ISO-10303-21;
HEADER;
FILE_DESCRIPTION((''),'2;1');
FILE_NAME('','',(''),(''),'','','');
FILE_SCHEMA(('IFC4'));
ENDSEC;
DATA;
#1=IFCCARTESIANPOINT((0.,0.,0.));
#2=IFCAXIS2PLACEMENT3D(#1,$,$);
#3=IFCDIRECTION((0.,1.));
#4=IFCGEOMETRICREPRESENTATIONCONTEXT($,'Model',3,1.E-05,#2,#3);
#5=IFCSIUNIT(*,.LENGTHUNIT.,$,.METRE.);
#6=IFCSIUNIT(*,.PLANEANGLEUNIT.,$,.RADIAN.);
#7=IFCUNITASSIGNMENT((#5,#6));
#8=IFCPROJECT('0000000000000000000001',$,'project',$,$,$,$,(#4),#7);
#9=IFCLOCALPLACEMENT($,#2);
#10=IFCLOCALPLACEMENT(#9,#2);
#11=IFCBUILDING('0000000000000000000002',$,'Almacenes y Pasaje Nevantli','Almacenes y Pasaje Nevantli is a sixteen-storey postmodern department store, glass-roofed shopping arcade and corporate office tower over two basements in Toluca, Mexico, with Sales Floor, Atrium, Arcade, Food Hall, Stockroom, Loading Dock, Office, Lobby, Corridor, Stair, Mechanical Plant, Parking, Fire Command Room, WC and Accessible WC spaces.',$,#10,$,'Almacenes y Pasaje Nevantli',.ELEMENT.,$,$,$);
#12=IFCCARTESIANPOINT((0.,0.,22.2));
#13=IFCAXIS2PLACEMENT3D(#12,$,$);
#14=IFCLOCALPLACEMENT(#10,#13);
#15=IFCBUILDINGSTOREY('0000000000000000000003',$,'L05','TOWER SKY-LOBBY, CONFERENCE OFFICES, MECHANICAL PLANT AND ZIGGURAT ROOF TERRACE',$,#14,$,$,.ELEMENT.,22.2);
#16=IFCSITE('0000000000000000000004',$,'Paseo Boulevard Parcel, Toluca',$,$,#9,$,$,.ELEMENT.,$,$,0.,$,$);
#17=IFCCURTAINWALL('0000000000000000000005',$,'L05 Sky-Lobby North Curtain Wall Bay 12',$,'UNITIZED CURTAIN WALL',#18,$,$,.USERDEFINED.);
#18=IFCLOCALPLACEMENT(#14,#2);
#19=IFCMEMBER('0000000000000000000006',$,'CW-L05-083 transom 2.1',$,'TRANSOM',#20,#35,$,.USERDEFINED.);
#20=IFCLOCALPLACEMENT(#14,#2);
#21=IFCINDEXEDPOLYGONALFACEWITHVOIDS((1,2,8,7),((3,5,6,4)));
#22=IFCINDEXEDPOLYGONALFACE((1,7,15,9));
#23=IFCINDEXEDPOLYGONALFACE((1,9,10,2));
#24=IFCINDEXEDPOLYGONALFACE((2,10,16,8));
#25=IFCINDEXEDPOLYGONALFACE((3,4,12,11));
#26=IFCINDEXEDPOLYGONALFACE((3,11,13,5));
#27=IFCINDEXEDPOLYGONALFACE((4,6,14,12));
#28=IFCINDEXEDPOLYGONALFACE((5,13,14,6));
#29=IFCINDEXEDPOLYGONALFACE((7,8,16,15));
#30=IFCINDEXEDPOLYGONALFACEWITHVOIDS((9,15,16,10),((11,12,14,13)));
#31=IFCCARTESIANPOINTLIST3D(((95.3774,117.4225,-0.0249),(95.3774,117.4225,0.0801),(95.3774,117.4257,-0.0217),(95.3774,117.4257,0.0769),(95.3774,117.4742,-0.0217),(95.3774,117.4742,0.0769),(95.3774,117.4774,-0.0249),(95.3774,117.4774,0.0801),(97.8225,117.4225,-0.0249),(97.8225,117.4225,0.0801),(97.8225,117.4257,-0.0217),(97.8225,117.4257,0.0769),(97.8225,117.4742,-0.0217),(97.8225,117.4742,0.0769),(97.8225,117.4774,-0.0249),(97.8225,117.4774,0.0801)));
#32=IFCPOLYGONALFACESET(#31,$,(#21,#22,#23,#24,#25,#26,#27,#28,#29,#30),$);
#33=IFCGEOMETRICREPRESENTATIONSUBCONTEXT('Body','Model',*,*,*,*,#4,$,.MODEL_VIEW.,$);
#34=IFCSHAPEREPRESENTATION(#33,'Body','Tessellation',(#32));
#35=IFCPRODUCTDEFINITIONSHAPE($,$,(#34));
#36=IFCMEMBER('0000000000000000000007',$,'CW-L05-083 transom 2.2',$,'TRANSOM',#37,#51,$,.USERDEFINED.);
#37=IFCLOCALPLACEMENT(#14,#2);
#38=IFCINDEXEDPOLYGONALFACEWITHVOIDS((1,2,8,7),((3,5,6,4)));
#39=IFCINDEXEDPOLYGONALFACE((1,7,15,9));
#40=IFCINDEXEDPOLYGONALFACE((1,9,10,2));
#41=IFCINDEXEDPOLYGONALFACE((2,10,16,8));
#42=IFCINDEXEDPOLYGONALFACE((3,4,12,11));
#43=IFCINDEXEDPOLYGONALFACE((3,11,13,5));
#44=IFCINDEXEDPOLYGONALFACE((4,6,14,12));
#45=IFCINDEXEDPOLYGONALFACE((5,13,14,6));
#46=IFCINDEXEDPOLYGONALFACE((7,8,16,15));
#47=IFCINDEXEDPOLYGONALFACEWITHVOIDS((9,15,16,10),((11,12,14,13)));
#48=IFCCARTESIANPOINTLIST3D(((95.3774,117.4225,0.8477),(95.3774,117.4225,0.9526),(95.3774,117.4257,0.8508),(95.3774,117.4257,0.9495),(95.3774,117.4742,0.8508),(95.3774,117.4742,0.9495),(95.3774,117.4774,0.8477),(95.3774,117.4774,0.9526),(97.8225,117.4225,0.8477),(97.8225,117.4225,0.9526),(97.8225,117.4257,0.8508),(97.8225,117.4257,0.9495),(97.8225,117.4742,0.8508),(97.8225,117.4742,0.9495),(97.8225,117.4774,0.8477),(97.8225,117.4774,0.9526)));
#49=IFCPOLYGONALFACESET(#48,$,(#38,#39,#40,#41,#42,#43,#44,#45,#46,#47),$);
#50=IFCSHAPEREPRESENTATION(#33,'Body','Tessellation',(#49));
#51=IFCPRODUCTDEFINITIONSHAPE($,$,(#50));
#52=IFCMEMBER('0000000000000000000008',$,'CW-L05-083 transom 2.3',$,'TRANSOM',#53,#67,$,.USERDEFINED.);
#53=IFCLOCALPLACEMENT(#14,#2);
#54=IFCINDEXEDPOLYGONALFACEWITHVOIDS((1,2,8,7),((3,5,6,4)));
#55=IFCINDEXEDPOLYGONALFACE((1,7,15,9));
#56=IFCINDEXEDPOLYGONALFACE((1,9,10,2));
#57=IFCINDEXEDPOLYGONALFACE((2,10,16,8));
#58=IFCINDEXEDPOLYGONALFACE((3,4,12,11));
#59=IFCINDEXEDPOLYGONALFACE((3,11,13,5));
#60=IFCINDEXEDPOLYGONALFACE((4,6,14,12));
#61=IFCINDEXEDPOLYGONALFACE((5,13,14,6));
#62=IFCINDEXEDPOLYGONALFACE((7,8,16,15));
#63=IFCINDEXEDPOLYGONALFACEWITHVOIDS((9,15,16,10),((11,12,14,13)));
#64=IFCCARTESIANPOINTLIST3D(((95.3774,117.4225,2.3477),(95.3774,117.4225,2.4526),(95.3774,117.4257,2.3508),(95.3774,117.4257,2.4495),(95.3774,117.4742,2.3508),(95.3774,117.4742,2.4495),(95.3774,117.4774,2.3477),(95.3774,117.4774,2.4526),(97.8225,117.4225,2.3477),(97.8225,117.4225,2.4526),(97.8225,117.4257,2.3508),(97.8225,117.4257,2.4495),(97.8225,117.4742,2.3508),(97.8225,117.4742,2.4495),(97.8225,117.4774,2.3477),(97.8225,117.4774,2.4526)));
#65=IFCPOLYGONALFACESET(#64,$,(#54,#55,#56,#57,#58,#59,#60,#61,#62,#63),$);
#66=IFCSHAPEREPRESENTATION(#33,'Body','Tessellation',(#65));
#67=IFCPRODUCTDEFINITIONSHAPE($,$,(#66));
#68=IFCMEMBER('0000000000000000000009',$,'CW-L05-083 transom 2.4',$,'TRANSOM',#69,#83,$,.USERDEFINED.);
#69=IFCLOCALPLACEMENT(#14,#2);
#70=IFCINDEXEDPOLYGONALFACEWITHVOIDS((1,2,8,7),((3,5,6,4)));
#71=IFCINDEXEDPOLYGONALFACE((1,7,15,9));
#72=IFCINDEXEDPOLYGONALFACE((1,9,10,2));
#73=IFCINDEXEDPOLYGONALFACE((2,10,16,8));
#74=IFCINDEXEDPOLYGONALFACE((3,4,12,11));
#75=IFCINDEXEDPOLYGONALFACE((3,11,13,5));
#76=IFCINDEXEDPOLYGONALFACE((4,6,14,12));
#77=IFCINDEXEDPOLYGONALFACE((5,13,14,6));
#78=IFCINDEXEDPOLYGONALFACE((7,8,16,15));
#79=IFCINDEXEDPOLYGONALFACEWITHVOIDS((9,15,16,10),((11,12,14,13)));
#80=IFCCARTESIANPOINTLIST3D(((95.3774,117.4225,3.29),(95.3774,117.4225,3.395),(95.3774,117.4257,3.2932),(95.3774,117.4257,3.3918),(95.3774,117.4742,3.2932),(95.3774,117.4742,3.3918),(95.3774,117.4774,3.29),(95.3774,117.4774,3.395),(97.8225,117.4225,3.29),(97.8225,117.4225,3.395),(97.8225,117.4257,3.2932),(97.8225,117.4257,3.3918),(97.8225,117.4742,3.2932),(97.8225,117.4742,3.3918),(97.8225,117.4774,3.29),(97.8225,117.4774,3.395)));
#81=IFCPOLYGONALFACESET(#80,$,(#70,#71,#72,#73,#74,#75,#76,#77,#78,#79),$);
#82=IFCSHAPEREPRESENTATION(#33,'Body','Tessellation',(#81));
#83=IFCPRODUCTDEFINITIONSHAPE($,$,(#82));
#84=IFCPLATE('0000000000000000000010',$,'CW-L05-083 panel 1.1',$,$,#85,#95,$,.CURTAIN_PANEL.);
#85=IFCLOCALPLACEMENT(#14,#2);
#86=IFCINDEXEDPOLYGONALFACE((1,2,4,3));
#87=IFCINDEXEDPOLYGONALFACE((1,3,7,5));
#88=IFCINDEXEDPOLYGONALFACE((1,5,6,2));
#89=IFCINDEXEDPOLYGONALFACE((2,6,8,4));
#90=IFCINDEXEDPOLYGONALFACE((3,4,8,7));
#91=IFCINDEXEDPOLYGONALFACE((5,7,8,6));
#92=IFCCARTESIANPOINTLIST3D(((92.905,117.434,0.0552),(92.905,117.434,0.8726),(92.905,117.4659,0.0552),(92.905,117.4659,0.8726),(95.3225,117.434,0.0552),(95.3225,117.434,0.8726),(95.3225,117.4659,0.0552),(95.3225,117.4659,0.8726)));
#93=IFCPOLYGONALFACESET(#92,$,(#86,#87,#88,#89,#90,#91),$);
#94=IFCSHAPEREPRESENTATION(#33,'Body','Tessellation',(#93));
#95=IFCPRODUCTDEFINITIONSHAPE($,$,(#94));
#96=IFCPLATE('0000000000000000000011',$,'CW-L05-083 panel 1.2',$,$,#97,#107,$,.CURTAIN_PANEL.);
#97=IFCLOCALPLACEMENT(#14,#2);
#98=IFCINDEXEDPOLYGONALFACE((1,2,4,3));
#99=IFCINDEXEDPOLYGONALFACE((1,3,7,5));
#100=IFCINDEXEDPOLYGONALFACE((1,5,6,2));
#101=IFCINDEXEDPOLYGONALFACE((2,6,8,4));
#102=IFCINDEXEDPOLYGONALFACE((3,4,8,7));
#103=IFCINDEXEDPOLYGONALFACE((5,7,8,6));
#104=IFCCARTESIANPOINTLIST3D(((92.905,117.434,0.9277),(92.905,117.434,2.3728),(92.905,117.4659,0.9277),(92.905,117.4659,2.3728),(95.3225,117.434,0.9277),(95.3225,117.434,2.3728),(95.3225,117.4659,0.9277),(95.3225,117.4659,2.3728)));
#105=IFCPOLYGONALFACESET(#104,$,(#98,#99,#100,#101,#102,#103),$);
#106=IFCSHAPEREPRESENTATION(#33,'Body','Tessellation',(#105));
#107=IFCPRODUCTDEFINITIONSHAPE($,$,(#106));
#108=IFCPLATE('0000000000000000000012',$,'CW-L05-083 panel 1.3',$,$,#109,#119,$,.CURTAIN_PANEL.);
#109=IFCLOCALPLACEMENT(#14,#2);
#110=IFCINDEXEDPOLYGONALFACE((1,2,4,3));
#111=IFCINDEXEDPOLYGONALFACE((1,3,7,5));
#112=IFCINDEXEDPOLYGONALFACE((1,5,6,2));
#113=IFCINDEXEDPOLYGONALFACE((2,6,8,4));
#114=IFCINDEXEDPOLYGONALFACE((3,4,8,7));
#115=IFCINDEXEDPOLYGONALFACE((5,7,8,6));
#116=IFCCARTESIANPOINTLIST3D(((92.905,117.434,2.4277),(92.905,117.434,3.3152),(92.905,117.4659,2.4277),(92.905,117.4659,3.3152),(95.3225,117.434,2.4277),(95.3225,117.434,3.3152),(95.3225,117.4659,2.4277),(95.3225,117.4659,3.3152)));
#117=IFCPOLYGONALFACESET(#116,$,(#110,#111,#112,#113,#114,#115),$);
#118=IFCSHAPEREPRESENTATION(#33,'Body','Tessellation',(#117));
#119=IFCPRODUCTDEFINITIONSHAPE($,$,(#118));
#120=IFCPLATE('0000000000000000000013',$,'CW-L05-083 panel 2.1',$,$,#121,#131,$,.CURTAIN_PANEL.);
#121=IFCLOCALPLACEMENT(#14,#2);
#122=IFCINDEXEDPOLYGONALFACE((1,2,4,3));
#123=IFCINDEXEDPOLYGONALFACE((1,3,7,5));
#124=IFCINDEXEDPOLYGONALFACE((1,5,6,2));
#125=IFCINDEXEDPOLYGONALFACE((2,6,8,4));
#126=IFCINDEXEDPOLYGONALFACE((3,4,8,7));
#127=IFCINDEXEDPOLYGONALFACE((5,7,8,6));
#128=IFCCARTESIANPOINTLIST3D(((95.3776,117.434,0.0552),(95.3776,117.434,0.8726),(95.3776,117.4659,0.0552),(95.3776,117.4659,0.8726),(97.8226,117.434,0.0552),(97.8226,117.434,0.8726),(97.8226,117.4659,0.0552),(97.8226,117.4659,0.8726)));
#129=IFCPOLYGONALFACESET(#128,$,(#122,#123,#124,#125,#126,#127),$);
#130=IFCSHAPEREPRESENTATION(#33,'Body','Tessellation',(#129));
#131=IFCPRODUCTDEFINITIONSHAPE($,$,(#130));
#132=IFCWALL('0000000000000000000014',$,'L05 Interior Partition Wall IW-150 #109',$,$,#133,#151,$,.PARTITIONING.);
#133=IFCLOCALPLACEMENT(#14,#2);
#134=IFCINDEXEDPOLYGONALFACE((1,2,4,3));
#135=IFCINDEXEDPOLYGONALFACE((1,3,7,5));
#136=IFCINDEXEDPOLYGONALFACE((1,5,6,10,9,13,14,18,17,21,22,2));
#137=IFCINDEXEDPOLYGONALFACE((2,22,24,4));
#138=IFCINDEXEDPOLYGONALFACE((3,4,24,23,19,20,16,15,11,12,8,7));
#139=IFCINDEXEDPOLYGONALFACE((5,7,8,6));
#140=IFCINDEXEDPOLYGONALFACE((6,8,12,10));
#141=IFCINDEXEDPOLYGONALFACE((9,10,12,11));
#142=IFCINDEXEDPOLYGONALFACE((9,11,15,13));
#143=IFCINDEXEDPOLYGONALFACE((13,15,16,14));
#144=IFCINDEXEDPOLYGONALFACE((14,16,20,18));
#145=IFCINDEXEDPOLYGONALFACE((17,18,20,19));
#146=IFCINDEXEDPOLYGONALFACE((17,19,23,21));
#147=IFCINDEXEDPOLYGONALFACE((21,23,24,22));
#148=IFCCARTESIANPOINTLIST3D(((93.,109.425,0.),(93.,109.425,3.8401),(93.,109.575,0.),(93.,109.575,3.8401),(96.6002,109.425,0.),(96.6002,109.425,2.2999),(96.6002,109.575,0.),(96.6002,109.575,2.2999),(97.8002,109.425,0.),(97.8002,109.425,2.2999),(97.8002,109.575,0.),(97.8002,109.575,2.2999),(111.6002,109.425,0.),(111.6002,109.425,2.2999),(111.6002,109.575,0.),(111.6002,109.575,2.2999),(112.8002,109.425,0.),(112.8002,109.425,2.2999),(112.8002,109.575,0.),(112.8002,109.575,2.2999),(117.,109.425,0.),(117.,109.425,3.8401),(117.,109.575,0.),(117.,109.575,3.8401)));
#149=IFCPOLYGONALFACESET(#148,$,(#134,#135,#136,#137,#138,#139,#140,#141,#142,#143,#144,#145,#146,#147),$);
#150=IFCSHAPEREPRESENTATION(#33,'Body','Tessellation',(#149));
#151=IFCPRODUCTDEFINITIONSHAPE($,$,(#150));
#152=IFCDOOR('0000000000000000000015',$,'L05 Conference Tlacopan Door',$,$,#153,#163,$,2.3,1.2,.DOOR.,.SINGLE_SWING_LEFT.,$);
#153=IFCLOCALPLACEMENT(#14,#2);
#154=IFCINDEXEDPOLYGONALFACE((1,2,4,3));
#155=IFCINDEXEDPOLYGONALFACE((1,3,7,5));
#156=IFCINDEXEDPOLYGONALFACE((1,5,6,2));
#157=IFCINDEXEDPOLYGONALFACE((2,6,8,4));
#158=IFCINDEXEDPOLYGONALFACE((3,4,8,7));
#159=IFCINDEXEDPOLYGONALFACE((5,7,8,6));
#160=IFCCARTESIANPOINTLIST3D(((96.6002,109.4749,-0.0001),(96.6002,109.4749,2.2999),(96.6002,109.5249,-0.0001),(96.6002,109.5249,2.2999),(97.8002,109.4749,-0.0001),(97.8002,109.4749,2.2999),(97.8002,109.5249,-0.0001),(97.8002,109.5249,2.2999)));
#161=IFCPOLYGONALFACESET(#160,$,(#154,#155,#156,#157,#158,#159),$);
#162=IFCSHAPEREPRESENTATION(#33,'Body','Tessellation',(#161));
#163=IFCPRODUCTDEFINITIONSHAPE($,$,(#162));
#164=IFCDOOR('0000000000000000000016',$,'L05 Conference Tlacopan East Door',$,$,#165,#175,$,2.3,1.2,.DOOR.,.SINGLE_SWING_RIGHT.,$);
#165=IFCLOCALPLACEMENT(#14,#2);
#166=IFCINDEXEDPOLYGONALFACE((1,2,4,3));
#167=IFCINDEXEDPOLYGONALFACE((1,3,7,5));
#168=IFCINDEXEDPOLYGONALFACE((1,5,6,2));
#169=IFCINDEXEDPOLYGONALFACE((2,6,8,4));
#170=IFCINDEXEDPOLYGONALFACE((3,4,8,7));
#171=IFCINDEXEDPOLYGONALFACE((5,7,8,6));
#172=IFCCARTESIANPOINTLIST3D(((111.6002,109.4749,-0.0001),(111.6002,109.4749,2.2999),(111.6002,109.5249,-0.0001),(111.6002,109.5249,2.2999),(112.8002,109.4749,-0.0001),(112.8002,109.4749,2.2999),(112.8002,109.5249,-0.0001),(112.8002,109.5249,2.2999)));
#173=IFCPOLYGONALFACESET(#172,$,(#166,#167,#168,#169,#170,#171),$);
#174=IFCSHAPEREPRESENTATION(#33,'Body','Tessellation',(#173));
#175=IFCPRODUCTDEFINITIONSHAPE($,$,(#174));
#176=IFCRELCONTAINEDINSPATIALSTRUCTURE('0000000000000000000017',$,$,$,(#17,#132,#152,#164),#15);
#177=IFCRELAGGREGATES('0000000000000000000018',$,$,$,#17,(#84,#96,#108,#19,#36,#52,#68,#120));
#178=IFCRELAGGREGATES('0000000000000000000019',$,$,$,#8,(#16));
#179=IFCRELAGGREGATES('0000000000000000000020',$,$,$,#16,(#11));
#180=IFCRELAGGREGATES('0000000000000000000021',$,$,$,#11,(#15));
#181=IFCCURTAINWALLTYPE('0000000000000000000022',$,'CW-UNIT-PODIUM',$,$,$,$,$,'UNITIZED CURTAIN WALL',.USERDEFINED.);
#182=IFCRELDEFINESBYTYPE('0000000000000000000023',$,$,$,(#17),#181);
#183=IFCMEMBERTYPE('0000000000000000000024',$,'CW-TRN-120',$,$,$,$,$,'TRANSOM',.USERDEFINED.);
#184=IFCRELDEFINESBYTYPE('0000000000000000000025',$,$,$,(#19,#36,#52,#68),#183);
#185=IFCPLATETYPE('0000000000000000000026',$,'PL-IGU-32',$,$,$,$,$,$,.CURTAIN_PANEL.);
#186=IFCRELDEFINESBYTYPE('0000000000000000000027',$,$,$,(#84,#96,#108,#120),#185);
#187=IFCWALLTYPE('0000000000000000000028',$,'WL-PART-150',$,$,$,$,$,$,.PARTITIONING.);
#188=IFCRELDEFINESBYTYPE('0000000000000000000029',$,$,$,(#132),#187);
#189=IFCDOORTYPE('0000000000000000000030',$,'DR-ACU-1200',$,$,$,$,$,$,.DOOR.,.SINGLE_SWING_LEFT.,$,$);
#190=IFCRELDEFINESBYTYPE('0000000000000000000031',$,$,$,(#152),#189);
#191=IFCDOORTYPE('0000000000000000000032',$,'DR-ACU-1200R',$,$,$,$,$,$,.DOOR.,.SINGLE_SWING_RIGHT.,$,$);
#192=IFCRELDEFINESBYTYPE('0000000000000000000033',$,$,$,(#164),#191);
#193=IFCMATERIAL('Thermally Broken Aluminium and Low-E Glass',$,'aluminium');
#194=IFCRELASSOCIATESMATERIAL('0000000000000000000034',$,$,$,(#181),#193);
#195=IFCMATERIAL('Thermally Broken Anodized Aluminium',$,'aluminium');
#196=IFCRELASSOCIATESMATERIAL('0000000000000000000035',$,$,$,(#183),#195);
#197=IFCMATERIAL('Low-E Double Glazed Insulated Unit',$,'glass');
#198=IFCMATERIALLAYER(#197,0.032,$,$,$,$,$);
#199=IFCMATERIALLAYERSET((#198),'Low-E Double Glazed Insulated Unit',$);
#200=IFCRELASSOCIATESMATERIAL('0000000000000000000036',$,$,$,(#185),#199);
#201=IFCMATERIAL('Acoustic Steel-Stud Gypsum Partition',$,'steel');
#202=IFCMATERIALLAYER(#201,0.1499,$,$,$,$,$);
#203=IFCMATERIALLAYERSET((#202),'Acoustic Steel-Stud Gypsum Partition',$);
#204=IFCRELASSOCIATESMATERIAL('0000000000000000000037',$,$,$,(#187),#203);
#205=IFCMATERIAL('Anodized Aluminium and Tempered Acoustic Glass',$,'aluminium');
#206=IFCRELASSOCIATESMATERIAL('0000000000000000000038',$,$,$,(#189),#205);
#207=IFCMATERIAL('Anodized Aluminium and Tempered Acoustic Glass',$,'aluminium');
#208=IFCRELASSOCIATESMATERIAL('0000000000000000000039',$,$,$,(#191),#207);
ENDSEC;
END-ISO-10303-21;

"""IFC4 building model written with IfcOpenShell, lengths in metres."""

from ifc_helpers import new_model, si_unit, direction, frame, frame_2d, origin, origin_2d, place, context, subcontext, project, spatial, rectangle, hollow_rectangle, extrude, material, layer, layer_set, material_profile, profile_set, type_object, element, fill, aggregate, save


model = new_model("IFC4")

# Units and contexts
model_context = context("Model", 3, precision=1e-05, world=origin(), true_north=direction((0.0, 1.0)))
body_context = subcontext(model_context, "Body", "Model", "MODEL_VIEW")
ifc_project = project(units=[si_unit("LENGTHUNIT", "METRE"), si_unit("PLANEANGLEUNIT", "RADIAN")], contexts=[model_context])

# Site, building, storey
site_placement = place(None, origin())
site = spatial("IfcSite", under=ifc_project, at=site_placement, Name="Paseo Boulevard Parcel, Toluca", CompositionType="ELEMENT", RefElevation=0.0)
building_placement = place(site_placement, origin())
building = spatial("IfcBuilding", under=site, at=building_placement, Name="Almacenes y Pasaje Nevantli", Description="Almacenes y Pasaje Nevantli is a sixteen-storey postmodern department store, glass-roofed shopping arcade and corporate office tower over two basements in Toluca, Mexico, with Sales Floor, Atrium, Arcade, Food Hall, Stockroom, Loading Dock, Office, Lobby, Corridor, Stair, Mechanical Plant, Parking, Fire Command Room, WC and Accessible WC spaces.", LongName="Almacenes y Pasaje Nevantli", CompositionType="ELEMENT")
storey_placement = place(building_placement, frame((0.0, 0.0, 22.2)))
storey = spatial("IfcBuildingStorey", under=building, at=storey_placement, Name="L05", Description="TOWER SKY-LOBBY, CONFERENCE OFFICES, MECHANICAL PLANT AND ZIGGURAT ROOF TERRACE", CompositionType="ELEMENT", Elevation=22.2)

# Curtain wall, members, plates
ifc_material_1 = material(Name="Thermally Broken Aluminium and Low-E Glass", Category="aluminium")
curtain_wall_type = type_object("IfcCurtainWallType", Name="CW-UNIT-PODIUM", ElementType="UNITIZED CURTAIN WALL", PredefinedType="USERDEFINED", material=ifc_material_1)
curtain_wall_placement = place(storey_placement, origin())
curtain_wall = element("IfcCurtainWall", 1, at=curtain_wall_placement, inside=storey, type_object=curtain_wall_type, Name="L05 Sky-Lobby North Curtain Wall Bay 12", ObjectType="UNITIZED CURTAIN WALL", PredefinedType="USERDEFINED")
ifc_material_2 = material(Name="Thermally Broken Anodized Aluminium", Category="aluminium")
ifc_material_profile_1 = material_profile(ifc_material_2, hollow_rectangle(XDim=0.0549, YDim=0.105, WallThickness=0.0032, at=origin_2d()), Name="ALU-TRN-55x105")
ifc_profile_set_1 = profile_set([ifc_material_profile_1], Name="Thermally Broken Anodized Aluminium")
member_type_1 = type_object("IfcMemberType", Name="CW-TRN-120", ElementType="TRANSOM", PredefinedType="USERDEFINED", material=ifc_profile_set_1)
member_1_placement = place(storey_placement, frame((95.3774, 117.45, 0.0276), z_axis=(1.0, 0.0, 0.0), x_axis=(0.0, 1.0, 0.0)))
member_1 = element("IfcMember", 2, at=member_1_placement, type_object=member_type_1, Name="CW-L05-083 transom 2.1", ObjectType="TRANSOM", PredefinedType="USERDEFINED", context=body_context, shape_type="SweptSolid", body=[
    extrude(hollow_rectangle(XDim=0.0549, YDim=0.105, WallThickness=0.0032, at=origin_2d()), origin(), (0.0, 0.0, 1.0), 2.4451),
])
member_2_placement = place(storey_placement, frame((95.3774, 117.45, 0.9001), z_axis=(1.0, 0.0, 0.0), x_axis=(0.0, 1.0, 0.0)))
member_2 = element("IfcMember", 3, at=member_2_placement, type_object=member_type_1, Name="CW-L05-083 transom 2.2", ObjectType="TRANSOM", PredefinedType="USERDEFINED", context=body_context, shape_type="SweptSolid", body=[
    extrude(hollow_rectangle(XDim=0.0549, YDim=0.105, WallThickness=0.0032, at=origin_2d()), origin(), (0.0, 0.0, 1.0), 2.4451),
])
member_3_placement = place(storey_placement, frame((95.3774, 117.45, 2.4001), z_axis=(1.0, 0.0, 0.0), x_axis=(0.0, 1.0, 0.0)))
member_3 = element("IfcMember", 4, at=member_3_placement, type_object=member_type_1, Name="CW-L05-083 transom 2.3", ObjectType="TRANSOM", PredefinedType="USERDEFINED", context=body_context, shape_type="SweptSolid", body=[
    extrude(hollow_rectangle(XDim=0.0549, YDim=0.105, WallThickness=0.0032, at=origin_2d()), origin(), (0.0, 0.0, 1.0), 2.4451),
])
member_4_placement = place(storey_placement, frame((95.3774, 117.45, 3.3425), z_axis=(1.0, 0.0, 0.0), x_axis=(0.0, 1.0, 0.0)))
member_4 = element("IfcMember", 5, at=member_4_placement, type_object=member_type_1, Name="CW-L05-083 transom 2.4", ObjectType="TRANSOM", PredefinedType="USERDEFINED", context=body_context, shape_type="SweptSolid", body=[
    extrude(hollow_rectangle(XDim=0.0549, YDim=0.105, WallThickness=0.0032, at=origin_2d()), origin(), (0.0, 0.0, 1.0), 2.4451),
])
ifc_material_3 = material(Name="Low-E Double Glazed Insulated Unit", Category="glass")
ifc_layer_1 = layer(ifc_material_3, 0.032)
ifc_layer_set_1 = layer_set([ifc_layer_1], Name="Low-E Double Glazed Insulated Unit")
plate_type = type_object("IfcPlateType", Name="PL-IGU-32", PredefinedType="CURTAIN_PANEL", material=ifc_layer_set_1)
plate_1_placement = place(storey_placement, frame((94.1138, 117.45, 0.0552), z_axis=(0.0, 0.0, 1.0), x_axis=(1.0, 0.0, 0.0)))
plate_1 = element("IfcPlate", 6, at=plate_1_placement, type_object=plate_type, Name="CW-L05-083 panel 1.1", PredefinedType="CURTAIN_PANEL", context=body_context, shape_type="SweptSolid", body=[
    extrude(rectangle(XDim=2.4175, YDim=0.032, at=origin_2d()), origin(), (0.0, 0.0, 1.0), 0.8174),
])
plate_2_placement = place(storey_placement, frame((94.1138, 117.45, 0.9277), z_axis=(0.0, 0.0, 1.0), x_axis=(1.0, 0.0, 0.0)))
plate_2 = element("IfcPlate", 7, at=plate_2_placement, type_object=plate_type, Name="CW-L05-083 panel 1.2", PredefinedType="CURTAIN_PANEL", context=body_context, shape_type="SweptSolid", body=[
    extrude(rectangle(XDim=2.4175, YDim=0.032, at=origin_2d()), origin(), (0.0, 0.0, 1.0), 1.4451),
])
plate_3_placement = place(storey_placement, frame((94.1138, 117.45, 2.4277), z_axis=(0.0, 0.0, 1.0), x_axis=(1.0, 0.0, 0.0)))
plate_3 = element("IfcPlate", 8, at=plate_3_placement, type_object=plate_type, Name="CW-L05-083 panel 1.3", PredefinedType="CURTAIN_PANEL", context=body_context, shape_type="SweptSolid", body=[
    extrude(rectangle(XDim=2.4175, YDim=0.032, at=origin_2d()), origin(), (0.0, 0.0, 1.0), 0.8875),
])
plate_4_placement = place(storey_placement, frame((96.6001, 117.45, 0.0552), z_axis=(0.0, 0.0, 1.0), x_axis=(1.0, 0.0, 0.0)))
plate_4 = element("IfcPlate", 9, at=plate_4_placement, type_object=plate_type, Name="CW-L05-083 panel 2.1", PredefinedType="CURTAIN_PANEL", context=body_context, shape_type="SweptSolid", body=[
    extrude(rectangle(XDim=2.4451, YDim=0.032, at=origin_2d()), origin(), (0.0, 0.0, 1.0), 0.8174),
])
aggregate(curtain_wall, [plate_1, plate_2, plate_3, member_1, member_2, member_3, member_4, plate_4])

# Wall, openings, doors
ifc_material_4 = material(Name="Acoustic Steel-Stud Gypsum Partition", Category="steel")
ifc_layer_2 = layer(ifc_material_4, 0.1499)
ifc_layer_set_2 = layer_set([ifc_layer_2], Name="Acoustic Steel-Stud Gypsum Partition")
wall_type = type_object("IfcWallType", Name="WL-PART-150", PredefinedType="PARTITIONING", material=ifc_layer_set_2)
wall_placement = place(storey_placement, frame((93.0, 109.5, 0.0), z_axis=(0.0, 0.0, 1.0), x_axis=(1.0, 0.0, 0.0)))
wall = element("IfcWall", 10, at=wall_placement, inside=storey, type_object=wall_type, Name="L05 Interior Partition Wall IW-150 #109", PredefinedType="PARTITIONING", context=body_context, shape_type="SweptSolid", body=[
    extrude(rectangle(XDim=24.0, YDim=0.1499, at=frame_2d((12.0, 0.0))), origin(), (0.0, 0.0, 1.0), 3.8401),
])
opening_1_placement = place(wall_placement, frame((3.6001, 0.0, 0.0)))
opening_1 = element("IfcOpeningElement", 11, at=opening_1_placement, cuts=wall, PredefinedType="OPENING", context=body_context, shape_type="SweptSolid", body=[
    extrude(rectangle(XDim=1.2, YDim=2.3, at=frame_2d((0.6001, 1.1499))), frame((0.0, 0.085, 0.0), z_axis=(0.0, -1.0, 0.0), x_axis=(1.0, 0.0, 0.0)), (0.0, 0.0, 1.0), 0.1699),
])
opening_2_placement = place(wall_placement, frame((18.6001, 0.0, 0.0)))
opening_2 = element("IfcOpeningElement", 12, at=opening_2_placement, cuts=wall, PredefinedType="OPENING", context=body_context, shape_type="SweptSolid", body=[
    extrude(rectangle(XDim=1.2, YDim=2.3, at=frame_2d((0.6001, 1.1499))), frame((0.0, 0.085, 0.0), z_axis=(0.0, -1.0, 0.0), x_axis=(1.0, 0.0, 0.0)), (0.0, 0.0, 1.0), 0.1699),
])
ifc_material_5 = material(Name="Anodized Aluminium and Tempered Acoustic Glass", Category="aluminium")
door_type_1 = type_object("IfcDoorType", Name="DR-ACU-1200", OperationType="SINGLE_SWING_LEFT", PredefinedType="DOOR", material=ifc_material_5)
door_1_placement = place(opening_1_placement, origin())
door_1 = element("IfcDoor", 13, at=door_1_placement, inside=storey, type_object=door_type_1, Name="L05 Conference Tlacopan Door", OperationType="SINGLE_SWING_LEFT", OverallHeight=2.3, OverallWidth=1.2, PredefinedType="DOOR", context=body_context, shape_type="SweptSolid", body=[
    extrude(rectangle(XDim=1.2, YDim=2.3, at=frame_2d((0.6001, 1.1499))), frame((0.0, 0.0249, 0.0), z_axis=(0.0, -1.0, 0.0), x_axis=(1.0, 0.0, 0.0)), (0.0, 0.0, 1.0), 0.05),
])
fill(opening_1, door_1)
ifc_material_6 = material(Name="Anodized Aluminium and Tempered Acoustic Glass", Category="aluminium")
door_type_2 = type_object("IfcDoorType", Name="DR-ACU-1200R", OperationType="SINGLE_SWING_RIGHT", PredefinedType="DOOR", material=ifc_material_6)
door_2_placement = place(opening_2_placement, origin())
door_2 = element("IfcDoor", 14, at=door_2_placement, inside=storey, type_object=door_type_2, Name="L05 Conference Tlacopan East Door", OperationType="SINGLE_SWING_RIGHT", OverallHeight=2.3, OverallWidth=1.2, PredefinedType="DOOR", context=body_context, shape_type="SweptSolid", body=[
    extrude(rectangle(XDim=1.2, YDim=2.3, at=frame_2d((0.6001, 1.1499))), frame((0.0, 0.0249, 0.0), z_axis=(0.0, -1.0, 0.0), x_axis=(1.0, 0.0, 0.0)), (0.0, 0.0, 1.0), 0.05),
])
fill(opening_2, door_2)

save(model, "model.ifc")
